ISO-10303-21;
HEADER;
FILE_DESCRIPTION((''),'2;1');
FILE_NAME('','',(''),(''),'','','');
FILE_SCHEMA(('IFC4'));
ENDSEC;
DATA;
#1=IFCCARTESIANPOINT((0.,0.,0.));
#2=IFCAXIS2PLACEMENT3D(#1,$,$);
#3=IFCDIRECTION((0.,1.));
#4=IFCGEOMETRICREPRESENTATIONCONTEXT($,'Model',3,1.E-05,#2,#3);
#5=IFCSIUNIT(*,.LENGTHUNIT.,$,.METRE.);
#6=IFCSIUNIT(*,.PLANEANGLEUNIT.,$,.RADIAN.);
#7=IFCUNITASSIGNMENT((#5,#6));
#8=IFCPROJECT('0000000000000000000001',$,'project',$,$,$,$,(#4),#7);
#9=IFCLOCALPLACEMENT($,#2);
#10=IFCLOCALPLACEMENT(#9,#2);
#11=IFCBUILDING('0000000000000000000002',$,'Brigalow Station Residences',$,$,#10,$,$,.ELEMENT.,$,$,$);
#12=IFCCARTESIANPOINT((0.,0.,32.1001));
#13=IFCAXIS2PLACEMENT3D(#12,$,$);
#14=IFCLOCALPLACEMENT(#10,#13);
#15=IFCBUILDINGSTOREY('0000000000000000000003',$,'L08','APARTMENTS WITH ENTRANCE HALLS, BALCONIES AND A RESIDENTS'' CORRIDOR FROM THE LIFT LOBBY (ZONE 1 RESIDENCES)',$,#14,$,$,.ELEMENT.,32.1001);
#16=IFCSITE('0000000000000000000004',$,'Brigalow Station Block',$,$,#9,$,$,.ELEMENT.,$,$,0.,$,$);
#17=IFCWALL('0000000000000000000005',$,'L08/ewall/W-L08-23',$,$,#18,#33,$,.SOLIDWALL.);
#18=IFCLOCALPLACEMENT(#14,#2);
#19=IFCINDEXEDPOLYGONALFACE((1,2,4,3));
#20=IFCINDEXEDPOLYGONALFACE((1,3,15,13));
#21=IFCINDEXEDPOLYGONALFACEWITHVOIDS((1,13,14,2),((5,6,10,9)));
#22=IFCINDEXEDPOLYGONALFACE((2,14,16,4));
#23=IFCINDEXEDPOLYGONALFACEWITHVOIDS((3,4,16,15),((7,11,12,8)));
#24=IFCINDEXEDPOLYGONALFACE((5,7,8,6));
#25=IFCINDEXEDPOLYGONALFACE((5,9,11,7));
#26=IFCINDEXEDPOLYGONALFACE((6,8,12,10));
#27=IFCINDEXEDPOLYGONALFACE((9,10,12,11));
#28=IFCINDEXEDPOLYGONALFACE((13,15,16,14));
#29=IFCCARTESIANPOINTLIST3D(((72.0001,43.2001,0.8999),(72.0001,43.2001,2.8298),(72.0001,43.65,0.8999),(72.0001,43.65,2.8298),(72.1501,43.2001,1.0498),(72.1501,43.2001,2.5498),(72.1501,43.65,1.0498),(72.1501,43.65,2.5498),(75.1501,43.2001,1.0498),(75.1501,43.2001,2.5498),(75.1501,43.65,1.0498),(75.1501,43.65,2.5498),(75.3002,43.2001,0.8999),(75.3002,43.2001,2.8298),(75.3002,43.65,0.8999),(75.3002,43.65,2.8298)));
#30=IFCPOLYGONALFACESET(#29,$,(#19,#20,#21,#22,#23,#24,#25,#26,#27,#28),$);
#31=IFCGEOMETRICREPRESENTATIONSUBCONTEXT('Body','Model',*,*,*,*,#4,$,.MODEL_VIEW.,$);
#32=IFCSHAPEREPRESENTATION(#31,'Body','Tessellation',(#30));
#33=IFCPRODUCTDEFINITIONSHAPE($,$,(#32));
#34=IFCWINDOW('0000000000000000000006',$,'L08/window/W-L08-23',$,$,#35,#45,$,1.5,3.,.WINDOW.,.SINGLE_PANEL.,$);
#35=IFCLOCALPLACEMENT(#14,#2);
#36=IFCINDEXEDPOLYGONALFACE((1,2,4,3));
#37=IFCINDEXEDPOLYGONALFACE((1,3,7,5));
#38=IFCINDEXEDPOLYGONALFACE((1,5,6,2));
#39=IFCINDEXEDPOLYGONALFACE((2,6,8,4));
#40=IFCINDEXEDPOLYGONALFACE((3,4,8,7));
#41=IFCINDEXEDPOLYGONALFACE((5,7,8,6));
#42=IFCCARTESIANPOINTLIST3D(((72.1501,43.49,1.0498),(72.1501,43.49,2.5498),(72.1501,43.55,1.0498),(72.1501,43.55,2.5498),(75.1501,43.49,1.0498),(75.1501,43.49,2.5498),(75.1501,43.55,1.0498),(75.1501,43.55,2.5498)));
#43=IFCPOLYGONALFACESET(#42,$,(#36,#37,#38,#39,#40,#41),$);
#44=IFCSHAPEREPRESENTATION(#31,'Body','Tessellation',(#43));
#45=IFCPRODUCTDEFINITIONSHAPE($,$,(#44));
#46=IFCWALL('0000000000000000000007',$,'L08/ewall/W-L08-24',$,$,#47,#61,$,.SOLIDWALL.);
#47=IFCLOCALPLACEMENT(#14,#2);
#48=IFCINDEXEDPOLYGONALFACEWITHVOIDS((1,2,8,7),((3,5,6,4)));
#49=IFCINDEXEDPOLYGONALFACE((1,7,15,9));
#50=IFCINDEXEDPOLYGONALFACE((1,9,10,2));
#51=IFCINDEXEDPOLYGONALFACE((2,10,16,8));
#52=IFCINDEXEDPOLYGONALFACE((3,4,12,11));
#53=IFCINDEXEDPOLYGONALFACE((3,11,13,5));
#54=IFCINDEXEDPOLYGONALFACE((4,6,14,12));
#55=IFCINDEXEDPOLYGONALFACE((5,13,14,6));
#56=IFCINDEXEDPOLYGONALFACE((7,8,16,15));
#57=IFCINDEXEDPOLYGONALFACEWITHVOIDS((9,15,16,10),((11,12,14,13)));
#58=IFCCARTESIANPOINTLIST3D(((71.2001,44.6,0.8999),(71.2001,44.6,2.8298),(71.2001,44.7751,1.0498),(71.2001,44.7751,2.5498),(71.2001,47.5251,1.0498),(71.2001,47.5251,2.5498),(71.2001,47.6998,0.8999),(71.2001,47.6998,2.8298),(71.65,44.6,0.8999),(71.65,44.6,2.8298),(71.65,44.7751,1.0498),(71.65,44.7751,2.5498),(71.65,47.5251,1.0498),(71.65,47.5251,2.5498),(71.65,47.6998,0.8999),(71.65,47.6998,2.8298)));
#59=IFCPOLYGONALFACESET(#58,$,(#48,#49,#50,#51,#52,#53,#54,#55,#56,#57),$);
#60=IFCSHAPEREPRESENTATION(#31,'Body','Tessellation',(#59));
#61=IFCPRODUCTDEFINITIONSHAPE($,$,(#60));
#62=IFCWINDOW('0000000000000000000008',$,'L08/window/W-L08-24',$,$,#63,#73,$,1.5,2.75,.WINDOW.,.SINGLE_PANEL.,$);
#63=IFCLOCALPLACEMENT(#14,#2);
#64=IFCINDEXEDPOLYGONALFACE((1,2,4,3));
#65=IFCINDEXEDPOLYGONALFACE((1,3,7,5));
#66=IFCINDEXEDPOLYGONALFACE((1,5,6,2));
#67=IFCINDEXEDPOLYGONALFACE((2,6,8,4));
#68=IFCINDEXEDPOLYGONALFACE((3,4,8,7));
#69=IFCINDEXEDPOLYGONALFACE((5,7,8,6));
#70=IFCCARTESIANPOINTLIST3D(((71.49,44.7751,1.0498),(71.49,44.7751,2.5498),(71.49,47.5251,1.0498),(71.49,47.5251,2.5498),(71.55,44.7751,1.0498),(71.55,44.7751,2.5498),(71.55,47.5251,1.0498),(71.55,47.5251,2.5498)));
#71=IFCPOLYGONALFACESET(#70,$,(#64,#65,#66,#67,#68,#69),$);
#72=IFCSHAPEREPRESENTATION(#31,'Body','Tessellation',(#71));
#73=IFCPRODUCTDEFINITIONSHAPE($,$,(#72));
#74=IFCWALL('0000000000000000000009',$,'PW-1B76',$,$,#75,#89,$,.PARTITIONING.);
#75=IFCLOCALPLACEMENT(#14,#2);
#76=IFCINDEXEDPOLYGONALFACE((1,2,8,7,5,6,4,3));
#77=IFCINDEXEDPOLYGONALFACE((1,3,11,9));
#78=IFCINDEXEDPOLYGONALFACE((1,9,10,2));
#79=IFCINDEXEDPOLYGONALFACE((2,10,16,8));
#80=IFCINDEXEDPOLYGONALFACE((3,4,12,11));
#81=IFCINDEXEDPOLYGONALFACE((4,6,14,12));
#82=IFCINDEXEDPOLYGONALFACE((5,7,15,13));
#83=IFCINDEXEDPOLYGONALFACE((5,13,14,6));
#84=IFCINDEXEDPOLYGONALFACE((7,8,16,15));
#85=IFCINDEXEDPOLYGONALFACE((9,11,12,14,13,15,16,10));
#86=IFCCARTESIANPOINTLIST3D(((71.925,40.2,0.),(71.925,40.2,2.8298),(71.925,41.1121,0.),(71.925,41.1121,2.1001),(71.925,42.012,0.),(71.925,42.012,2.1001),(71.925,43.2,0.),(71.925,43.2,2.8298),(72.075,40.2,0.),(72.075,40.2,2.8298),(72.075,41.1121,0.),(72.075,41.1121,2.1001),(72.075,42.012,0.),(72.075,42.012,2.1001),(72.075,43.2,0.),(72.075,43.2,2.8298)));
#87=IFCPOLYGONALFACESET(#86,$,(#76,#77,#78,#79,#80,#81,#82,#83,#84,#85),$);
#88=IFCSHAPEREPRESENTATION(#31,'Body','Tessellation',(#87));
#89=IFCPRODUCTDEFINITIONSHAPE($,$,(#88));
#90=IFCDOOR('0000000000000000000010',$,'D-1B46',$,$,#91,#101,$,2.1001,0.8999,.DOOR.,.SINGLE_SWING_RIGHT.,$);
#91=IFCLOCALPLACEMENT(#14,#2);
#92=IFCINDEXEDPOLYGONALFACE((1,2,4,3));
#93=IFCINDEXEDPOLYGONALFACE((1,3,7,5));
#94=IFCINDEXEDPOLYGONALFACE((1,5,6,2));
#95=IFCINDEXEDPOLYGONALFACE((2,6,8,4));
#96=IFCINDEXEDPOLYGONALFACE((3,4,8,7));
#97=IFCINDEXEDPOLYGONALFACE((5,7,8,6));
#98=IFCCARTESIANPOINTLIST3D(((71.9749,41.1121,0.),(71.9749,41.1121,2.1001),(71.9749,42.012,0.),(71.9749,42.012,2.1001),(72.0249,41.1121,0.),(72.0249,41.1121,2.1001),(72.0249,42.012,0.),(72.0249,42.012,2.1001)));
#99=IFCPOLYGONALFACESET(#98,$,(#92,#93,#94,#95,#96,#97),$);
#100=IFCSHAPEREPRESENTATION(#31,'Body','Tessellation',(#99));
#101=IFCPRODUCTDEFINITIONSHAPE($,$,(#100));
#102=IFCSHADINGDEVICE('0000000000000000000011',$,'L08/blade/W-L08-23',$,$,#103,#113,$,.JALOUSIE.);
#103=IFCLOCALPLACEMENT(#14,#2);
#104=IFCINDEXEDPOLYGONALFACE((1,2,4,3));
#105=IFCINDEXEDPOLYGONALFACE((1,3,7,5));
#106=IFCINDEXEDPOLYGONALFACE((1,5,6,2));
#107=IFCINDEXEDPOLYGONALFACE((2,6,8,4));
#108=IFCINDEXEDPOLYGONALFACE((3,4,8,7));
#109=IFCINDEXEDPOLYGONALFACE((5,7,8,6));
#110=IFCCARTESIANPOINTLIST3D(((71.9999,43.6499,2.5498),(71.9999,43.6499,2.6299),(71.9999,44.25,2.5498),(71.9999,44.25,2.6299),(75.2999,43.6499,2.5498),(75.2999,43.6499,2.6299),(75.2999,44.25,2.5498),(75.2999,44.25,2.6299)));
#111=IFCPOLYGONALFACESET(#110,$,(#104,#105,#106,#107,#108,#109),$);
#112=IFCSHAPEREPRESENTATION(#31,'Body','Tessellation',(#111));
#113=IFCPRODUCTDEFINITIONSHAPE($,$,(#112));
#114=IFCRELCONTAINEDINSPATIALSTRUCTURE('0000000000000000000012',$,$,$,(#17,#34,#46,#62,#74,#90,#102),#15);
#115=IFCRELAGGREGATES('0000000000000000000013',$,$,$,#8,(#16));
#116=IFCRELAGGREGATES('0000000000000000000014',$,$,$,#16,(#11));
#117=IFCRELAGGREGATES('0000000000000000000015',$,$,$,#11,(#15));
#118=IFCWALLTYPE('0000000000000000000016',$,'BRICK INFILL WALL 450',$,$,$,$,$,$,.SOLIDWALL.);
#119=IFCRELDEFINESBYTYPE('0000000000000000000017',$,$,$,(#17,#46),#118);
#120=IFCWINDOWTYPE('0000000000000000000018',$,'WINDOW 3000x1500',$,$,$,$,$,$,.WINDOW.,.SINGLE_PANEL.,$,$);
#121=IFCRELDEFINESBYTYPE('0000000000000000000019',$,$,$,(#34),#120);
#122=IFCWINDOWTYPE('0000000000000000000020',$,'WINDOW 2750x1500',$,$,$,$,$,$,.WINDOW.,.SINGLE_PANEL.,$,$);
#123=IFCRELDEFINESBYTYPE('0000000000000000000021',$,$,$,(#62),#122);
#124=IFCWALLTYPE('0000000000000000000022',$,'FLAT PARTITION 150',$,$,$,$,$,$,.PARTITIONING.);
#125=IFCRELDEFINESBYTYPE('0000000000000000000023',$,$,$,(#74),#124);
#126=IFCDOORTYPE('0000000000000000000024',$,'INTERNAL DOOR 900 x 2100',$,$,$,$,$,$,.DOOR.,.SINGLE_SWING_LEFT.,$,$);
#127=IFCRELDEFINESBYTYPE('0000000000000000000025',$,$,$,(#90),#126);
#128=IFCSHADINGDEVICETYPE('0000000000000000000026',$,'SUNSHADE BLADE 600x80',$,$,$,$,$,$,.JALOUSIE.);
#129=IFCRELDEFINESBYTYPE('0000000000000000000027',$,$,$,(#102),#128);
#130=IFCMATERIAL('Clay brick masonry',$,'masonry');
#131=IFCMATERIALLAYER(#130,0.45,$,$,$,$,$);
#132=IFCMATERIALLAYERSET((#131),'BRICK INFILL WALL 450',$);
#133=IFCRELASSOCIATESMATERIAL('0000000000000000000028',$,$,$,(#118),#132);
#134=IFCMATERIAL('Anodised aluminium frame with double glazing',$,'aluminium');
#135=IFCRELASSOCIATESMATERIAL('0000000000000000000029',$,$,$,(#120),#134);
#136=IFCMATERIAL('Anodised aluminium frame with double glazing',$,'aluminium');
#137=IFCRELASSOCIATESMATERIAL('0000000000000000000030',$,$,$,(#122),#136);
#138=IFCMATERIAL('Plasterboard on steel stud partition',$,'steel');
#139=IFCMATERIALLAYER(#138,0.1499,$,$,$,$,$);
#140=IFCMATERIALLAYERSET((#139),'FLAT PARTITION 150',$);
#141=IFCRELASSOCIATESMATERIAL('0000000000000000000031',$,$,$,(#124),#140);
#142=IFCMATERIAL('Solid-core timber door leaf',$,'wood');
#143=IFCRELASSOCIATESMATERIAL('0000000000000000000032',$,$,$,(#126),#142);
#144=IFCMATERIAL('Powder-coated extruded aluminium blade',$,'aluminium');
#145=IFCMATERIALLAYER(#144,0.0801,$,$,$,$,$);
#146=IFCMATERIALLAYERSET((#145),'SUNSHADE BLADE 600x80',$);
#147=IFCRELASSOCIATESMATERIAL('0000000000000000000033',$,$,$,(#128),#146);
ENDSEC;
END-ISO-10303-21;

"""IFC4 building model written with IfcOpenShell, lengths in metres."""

from ifc_helpers import new_model, si_unit, direction, frame, frame_2d, origin, origin_2d, place, context, subcontext, project, spatial, rectangle, extrude, material, layer, layer_set, type_object, element, fill, save


model = new_model("IFC4")

# Units and contexts
model_context = context("Model", 3, precision=1e-05, world=origin(), true_north=direction((0.0, 1.0)))
body_context = subcontext(model_context, "Body", "Model", "MODEL_VIEW")
ifc_project = project(units=[si_unit("LENGTHUNIT", "METRE"), si_unit("PLANEANGLEUNIT", "RADIAN")], contexts=[model_context])

# Site, building, storey
site_placement = place(None, origin())
site = spatial("IfcSite", under=ifc_project, at=site_placement, Name="Brigalow Station Block", CompositionType="ELEMENT", RefElevation=0.0)
building_placement = place(site_placement, origin())
building = spatial("IfcBuilding", under=site, at=building_placement, Name="Brigalow Station Residences", CompositionType="ELEMENT")
storey_placement = place(building_placement, frame((0.0, 0.0, 32.1001)))
storey = spatial("IfcBuildingStorey", under=building, at=storey_placement, Name="L08", Description="APARTMENTS WITH ENTRANCE HALLS, BALCONIES AND A RESIDENTS' CORRIDOR FROM THE LIFT LOBBY (ZONE 1 RESIDENCES)", CompositionType="ELEMENT", Elevation=32.1001)

# Walls, openings, windows
ifc_material_1 = material(Name="Clay brick masonry", Category="masonry")
ifc_layer_1 = layer(ifc_material_1, 0.45)
ifc_layer_set_1 = layer_set([ifc_layer_1], Name="BRICK INFILL WALL 450")
wall_type_1 = type_object("IfcWallType", Name="BRICK INFILL WALL 450", PredefinedType="SOLIDWALL", material=ifc_layer_set_1)
wall_1_placement = place(storey_placement, frame((75.3, 43.425, 0.8999), z_axis=(0.0, 0.0, 1.0), x_axis=(-1.0, 0.0, 0.0)))
wall_1 = element("IfcWall", 1, at=wall_1_placement, inside=storey, type_object=wall_type_1, Name="L08/ewall/W-L08-23", PredefinedType="SOLIDWALL", context=body_context, shape_type="SweptSolid", body=[
    extrude(rectangle(XDim=3.3, YDim=0.45, at=frame_2d((1.6499, 0.0))), origin(), (0.0, 0.0, 1.0), 1.9299),
])
opening_1_placement = place(wall_1_placement, frame((0.1499, 0.0, 0.1499)))
opening_1 = element("IfcOpeningElement", 2, at=opening_1_placement, cuts=wall_1, PredefinedType="OPENING", context=body_context, shape_type="SweptSolid", body=[
    extrude(rectangle(XDim=3.0, YDim=1.5, at=frame_2d((1.5, 0.75))), frame((0.0, 0.2349, 0.0), z_axis=(0.0, -1.0, 0.0), x_axis=(1.0, 0.0, 0.0)), (0.0, 0.0, 1.0), 0.47),
])
ifc_material_2 = material(Name="Anodised aluminium frame with double glazing", Category="aluminium")
window_type_1 = type_object("IfcWindowType", Name="WINDOW 3000x1500", PartitioningType="SINGLE_PANEL", PredefinedType="WINDOW", material=ifc_material_2)
window_1_placement = place(opening_1_placement, origin())
window_1 = element("IfcWindow", 3, at=window_1_placement, inside=storey, type_object=window_type_1, Name="L08/window/W-L08-23", OverallHeight=1.5, OverallWidth=3.0, PartitioningType="SINGLE_PANEL", PredefinedType="WINDOW", context=body_context, shape_type="SweptSolid", body=[
    extrude(rectangle(XDim=3.0, YDim=1.5, at=frame_2d((1.5, 0.75))), frame((0.0, -0.0649, 0.0), z_axis=(0.0, -1.0, 0.0), x_axis=(1.0, 0.0, 0.0)), (0.0, 0.0, 1.0), 0.0601),
])
fill(opening_1, window_1)
wall_2_placement = place(storey_placement, frame((71.425, 44.6001, 0.8999), z_axis=(0.0, 0.0, 1.0), x_axis=(0.0, 1.0, 0.0)))
wall_2 = element("IfcWall", 4, at=wall_2_placement, inside=storey, type_object=wall_type_1, Name="L08/ewall/W-L08-24", PredefinedType="SOLIDWALL", context=body_context, shape_type="SweptSolid", body=[
    extrude(rectangle(XDim=3.0999, YDim=0.45, at=frame_2d((1.5498, 0.0))), origin(), (0.0, 0.0, 1.0), 1.9299),
])
opening_2_placement = place(wall_2_placement, frame((0.175, 0.0, 0.1499)))
opening_2 = element("IfcOpeningElement", 5, at=opening_2_placement, cuts=wall_2, PredefinedType="OPENING", context=body_context, shape_type="SweptSolid", body=[
    extrude(rectangle(XDim=2.75, YDim=1.5, at=frame_2d((1.375, 0.75))), frame((0.0, 0.2349, 0.0), z_axis=(0.0, -1.0, 0.0), x_axis=(1.0, 0.0, 0.0)), (0.0, 0.0, 1.0), 0.47),
])
ifc_material_3 = material(Name="Anodised aluminium frame with double glazing", Category="aluminium")
window_type_2 = type_object("IfcWindowType", Name="WINDOW 2750x1500", PartitioningType="SINGLE_PANEL", PredefinedType="WINDOW", material=ifc_material_3)
window_2_placement = place(opening_2_placement, origin())
window_2 = element("IfcWindow", 6, at=window_2_placement, inside=storey, type_object=window_type_2, Name="L08/window/W-L08-24", OverallHeight=1.5, OverallWidth=2.75, PartitioningType="SINGLE_PANEL", PredefinedType="WINDOW", context=body_context, shape_type="SweptSolid", body=[
    extrude(rectangle(XDim=2.75, YDim=1.5, at=frame_2d((1.375, 0.75))), frame((0.0, -0.0649, 0.0), z_axis=(0.0, -1.0, 0.0), x_axis=(1.0, 0.0, 0.0)), (0.0, 0.0, 1.0), 0.0601),
])
fill(opening_2, window_2)

# Wall, opening, door
ifc_material_4 = material(Name="Plasterboard on steel stud partition", Category="steel")
ifc_layer_2 = layer(ifc_material_4, 0.1499)
ifc_layer_set_2 = layer_set([ifc_layer_2], Name="FLAT PARTITION 150")
wall_type_2 = type_object("IfcWallType", Name="FLAT PARTITION 150", PredefinedType="PARTITIONING", material=ifc_layer_set_2)
wall_3_placement = place(storey_placement, frame((72.0, 40.2, 0.0), z_axis=(0.0, 0.0, 1.0), x_axis=(0.0, 1.0, 0.0)))
wall_3 = element("IfcWall", 7, at=wall_3_placement, inside=storey, type_object=wall_type_2, Name="PW-1B76", PredefinedType="PARTITIONING", context=body_context, shape_type="SweptSolid", body=[
    extrude(rectangle(XDim=3.0, YDim=0.1499, at=frame_2d((1.5, 0.0))), origin(), (0.0, 0.0, 1.0), 2.8298),
])
opening_3_placement = place(wall_3_placement, frame((0.9121, 0.0, 0.0)))
opening_3 = element("IfcOpeningElement", 8, at=opening_3_placement, cuts=wall_3, PredefinedType="OPENING", context=body_context, shape_type="SweptSolid", body=[
    extrude(rectangle(XDim=0.8999, YDim=2.1001, at=frame_2d((0.45, 1.05))), frame((0.0, 0.085, 0.0), z_axis=(0.0, -1.0, 0.0), x_axis=(1.0, 0.0, 0.0)), (0.0, 0.0, 1.0), 0.1699),
])
ifc_material_5 = material(Name="Solid-core timber door leaf", Category="wood")
door_type = type_object("IfcDoorType", Name="INTERNAL DOOR 900 x 2100", OperationType="SINGLE_SWING_LEFT", PredefinedType="DOOR", material=ifc_material_5)
door_placement = place(opening_3_placement, frame((0.8999, 0.0, 0.0), z_axis=(0.0, 0.0, 1.0), x_axis=(-1.0, 0.0, 0.0)))
door = element("IfcDoor", 9, at=door_placement, inside=storey, type_object=door_type, Name="D-1B46", OperationType="SINGLE_SWING_RIGHT", OverallHeight=2.1001, OverallWidth=0.8999, PredefinedType="DOOR", context=body_context, shape_type="SweptSolid", body=[
    extrude(rectangle(XDim=0.8999, YDim=2.1001, at=frame_2d((0.45, 1.05))), frame((0.0, 0.0249, 0.0), z_axis=(0.0, -1.0, 0.0), x_axis=(1.0, 0.0, 0.0)), (0.0, 0.0, 1.0), 0.05),
])
fill(opening_3, door)

# Shading device
ifc_material_6 = material(Name="Powder-coated extruded aluminium blade", Category="aluminium")
ifc_layer_3 = layer(ifc_material_6, 0.0801)
ifc_layer_set_3 = layer_set([ifc_layer_3], Name="SUNSHADE BLADE 600x80")
shading_device_type = type_object("IfcShadingDeviceType", Name="SUNSHADE BLADE 600x80", PredefinedType="JALOUSIE", material=ifc_layer_set_3)
shading_device_placement = place(storey_placement, frame((73.6499, 43.95, 2.5498), z_axis=(0.0, 0.0, 1.0), x_axis=(-1.0, 0.0, 0.0)))
element("IfcShadingDevice", 10, at=shading_device_placement, inside=storey, type_object=shading_device_type, Name="L08/blade/W-L08-23", PredefinedType="JALOUSIE", context=body_context, shape_type="SweptSolid", body=[
    extrude(rectangle(XDim=3.3, YDim=0.6001, at=origin_2d()), origin(), (0.0, 0.0, 1.0), 0.0801),
])

save(model, "model.ifc")
